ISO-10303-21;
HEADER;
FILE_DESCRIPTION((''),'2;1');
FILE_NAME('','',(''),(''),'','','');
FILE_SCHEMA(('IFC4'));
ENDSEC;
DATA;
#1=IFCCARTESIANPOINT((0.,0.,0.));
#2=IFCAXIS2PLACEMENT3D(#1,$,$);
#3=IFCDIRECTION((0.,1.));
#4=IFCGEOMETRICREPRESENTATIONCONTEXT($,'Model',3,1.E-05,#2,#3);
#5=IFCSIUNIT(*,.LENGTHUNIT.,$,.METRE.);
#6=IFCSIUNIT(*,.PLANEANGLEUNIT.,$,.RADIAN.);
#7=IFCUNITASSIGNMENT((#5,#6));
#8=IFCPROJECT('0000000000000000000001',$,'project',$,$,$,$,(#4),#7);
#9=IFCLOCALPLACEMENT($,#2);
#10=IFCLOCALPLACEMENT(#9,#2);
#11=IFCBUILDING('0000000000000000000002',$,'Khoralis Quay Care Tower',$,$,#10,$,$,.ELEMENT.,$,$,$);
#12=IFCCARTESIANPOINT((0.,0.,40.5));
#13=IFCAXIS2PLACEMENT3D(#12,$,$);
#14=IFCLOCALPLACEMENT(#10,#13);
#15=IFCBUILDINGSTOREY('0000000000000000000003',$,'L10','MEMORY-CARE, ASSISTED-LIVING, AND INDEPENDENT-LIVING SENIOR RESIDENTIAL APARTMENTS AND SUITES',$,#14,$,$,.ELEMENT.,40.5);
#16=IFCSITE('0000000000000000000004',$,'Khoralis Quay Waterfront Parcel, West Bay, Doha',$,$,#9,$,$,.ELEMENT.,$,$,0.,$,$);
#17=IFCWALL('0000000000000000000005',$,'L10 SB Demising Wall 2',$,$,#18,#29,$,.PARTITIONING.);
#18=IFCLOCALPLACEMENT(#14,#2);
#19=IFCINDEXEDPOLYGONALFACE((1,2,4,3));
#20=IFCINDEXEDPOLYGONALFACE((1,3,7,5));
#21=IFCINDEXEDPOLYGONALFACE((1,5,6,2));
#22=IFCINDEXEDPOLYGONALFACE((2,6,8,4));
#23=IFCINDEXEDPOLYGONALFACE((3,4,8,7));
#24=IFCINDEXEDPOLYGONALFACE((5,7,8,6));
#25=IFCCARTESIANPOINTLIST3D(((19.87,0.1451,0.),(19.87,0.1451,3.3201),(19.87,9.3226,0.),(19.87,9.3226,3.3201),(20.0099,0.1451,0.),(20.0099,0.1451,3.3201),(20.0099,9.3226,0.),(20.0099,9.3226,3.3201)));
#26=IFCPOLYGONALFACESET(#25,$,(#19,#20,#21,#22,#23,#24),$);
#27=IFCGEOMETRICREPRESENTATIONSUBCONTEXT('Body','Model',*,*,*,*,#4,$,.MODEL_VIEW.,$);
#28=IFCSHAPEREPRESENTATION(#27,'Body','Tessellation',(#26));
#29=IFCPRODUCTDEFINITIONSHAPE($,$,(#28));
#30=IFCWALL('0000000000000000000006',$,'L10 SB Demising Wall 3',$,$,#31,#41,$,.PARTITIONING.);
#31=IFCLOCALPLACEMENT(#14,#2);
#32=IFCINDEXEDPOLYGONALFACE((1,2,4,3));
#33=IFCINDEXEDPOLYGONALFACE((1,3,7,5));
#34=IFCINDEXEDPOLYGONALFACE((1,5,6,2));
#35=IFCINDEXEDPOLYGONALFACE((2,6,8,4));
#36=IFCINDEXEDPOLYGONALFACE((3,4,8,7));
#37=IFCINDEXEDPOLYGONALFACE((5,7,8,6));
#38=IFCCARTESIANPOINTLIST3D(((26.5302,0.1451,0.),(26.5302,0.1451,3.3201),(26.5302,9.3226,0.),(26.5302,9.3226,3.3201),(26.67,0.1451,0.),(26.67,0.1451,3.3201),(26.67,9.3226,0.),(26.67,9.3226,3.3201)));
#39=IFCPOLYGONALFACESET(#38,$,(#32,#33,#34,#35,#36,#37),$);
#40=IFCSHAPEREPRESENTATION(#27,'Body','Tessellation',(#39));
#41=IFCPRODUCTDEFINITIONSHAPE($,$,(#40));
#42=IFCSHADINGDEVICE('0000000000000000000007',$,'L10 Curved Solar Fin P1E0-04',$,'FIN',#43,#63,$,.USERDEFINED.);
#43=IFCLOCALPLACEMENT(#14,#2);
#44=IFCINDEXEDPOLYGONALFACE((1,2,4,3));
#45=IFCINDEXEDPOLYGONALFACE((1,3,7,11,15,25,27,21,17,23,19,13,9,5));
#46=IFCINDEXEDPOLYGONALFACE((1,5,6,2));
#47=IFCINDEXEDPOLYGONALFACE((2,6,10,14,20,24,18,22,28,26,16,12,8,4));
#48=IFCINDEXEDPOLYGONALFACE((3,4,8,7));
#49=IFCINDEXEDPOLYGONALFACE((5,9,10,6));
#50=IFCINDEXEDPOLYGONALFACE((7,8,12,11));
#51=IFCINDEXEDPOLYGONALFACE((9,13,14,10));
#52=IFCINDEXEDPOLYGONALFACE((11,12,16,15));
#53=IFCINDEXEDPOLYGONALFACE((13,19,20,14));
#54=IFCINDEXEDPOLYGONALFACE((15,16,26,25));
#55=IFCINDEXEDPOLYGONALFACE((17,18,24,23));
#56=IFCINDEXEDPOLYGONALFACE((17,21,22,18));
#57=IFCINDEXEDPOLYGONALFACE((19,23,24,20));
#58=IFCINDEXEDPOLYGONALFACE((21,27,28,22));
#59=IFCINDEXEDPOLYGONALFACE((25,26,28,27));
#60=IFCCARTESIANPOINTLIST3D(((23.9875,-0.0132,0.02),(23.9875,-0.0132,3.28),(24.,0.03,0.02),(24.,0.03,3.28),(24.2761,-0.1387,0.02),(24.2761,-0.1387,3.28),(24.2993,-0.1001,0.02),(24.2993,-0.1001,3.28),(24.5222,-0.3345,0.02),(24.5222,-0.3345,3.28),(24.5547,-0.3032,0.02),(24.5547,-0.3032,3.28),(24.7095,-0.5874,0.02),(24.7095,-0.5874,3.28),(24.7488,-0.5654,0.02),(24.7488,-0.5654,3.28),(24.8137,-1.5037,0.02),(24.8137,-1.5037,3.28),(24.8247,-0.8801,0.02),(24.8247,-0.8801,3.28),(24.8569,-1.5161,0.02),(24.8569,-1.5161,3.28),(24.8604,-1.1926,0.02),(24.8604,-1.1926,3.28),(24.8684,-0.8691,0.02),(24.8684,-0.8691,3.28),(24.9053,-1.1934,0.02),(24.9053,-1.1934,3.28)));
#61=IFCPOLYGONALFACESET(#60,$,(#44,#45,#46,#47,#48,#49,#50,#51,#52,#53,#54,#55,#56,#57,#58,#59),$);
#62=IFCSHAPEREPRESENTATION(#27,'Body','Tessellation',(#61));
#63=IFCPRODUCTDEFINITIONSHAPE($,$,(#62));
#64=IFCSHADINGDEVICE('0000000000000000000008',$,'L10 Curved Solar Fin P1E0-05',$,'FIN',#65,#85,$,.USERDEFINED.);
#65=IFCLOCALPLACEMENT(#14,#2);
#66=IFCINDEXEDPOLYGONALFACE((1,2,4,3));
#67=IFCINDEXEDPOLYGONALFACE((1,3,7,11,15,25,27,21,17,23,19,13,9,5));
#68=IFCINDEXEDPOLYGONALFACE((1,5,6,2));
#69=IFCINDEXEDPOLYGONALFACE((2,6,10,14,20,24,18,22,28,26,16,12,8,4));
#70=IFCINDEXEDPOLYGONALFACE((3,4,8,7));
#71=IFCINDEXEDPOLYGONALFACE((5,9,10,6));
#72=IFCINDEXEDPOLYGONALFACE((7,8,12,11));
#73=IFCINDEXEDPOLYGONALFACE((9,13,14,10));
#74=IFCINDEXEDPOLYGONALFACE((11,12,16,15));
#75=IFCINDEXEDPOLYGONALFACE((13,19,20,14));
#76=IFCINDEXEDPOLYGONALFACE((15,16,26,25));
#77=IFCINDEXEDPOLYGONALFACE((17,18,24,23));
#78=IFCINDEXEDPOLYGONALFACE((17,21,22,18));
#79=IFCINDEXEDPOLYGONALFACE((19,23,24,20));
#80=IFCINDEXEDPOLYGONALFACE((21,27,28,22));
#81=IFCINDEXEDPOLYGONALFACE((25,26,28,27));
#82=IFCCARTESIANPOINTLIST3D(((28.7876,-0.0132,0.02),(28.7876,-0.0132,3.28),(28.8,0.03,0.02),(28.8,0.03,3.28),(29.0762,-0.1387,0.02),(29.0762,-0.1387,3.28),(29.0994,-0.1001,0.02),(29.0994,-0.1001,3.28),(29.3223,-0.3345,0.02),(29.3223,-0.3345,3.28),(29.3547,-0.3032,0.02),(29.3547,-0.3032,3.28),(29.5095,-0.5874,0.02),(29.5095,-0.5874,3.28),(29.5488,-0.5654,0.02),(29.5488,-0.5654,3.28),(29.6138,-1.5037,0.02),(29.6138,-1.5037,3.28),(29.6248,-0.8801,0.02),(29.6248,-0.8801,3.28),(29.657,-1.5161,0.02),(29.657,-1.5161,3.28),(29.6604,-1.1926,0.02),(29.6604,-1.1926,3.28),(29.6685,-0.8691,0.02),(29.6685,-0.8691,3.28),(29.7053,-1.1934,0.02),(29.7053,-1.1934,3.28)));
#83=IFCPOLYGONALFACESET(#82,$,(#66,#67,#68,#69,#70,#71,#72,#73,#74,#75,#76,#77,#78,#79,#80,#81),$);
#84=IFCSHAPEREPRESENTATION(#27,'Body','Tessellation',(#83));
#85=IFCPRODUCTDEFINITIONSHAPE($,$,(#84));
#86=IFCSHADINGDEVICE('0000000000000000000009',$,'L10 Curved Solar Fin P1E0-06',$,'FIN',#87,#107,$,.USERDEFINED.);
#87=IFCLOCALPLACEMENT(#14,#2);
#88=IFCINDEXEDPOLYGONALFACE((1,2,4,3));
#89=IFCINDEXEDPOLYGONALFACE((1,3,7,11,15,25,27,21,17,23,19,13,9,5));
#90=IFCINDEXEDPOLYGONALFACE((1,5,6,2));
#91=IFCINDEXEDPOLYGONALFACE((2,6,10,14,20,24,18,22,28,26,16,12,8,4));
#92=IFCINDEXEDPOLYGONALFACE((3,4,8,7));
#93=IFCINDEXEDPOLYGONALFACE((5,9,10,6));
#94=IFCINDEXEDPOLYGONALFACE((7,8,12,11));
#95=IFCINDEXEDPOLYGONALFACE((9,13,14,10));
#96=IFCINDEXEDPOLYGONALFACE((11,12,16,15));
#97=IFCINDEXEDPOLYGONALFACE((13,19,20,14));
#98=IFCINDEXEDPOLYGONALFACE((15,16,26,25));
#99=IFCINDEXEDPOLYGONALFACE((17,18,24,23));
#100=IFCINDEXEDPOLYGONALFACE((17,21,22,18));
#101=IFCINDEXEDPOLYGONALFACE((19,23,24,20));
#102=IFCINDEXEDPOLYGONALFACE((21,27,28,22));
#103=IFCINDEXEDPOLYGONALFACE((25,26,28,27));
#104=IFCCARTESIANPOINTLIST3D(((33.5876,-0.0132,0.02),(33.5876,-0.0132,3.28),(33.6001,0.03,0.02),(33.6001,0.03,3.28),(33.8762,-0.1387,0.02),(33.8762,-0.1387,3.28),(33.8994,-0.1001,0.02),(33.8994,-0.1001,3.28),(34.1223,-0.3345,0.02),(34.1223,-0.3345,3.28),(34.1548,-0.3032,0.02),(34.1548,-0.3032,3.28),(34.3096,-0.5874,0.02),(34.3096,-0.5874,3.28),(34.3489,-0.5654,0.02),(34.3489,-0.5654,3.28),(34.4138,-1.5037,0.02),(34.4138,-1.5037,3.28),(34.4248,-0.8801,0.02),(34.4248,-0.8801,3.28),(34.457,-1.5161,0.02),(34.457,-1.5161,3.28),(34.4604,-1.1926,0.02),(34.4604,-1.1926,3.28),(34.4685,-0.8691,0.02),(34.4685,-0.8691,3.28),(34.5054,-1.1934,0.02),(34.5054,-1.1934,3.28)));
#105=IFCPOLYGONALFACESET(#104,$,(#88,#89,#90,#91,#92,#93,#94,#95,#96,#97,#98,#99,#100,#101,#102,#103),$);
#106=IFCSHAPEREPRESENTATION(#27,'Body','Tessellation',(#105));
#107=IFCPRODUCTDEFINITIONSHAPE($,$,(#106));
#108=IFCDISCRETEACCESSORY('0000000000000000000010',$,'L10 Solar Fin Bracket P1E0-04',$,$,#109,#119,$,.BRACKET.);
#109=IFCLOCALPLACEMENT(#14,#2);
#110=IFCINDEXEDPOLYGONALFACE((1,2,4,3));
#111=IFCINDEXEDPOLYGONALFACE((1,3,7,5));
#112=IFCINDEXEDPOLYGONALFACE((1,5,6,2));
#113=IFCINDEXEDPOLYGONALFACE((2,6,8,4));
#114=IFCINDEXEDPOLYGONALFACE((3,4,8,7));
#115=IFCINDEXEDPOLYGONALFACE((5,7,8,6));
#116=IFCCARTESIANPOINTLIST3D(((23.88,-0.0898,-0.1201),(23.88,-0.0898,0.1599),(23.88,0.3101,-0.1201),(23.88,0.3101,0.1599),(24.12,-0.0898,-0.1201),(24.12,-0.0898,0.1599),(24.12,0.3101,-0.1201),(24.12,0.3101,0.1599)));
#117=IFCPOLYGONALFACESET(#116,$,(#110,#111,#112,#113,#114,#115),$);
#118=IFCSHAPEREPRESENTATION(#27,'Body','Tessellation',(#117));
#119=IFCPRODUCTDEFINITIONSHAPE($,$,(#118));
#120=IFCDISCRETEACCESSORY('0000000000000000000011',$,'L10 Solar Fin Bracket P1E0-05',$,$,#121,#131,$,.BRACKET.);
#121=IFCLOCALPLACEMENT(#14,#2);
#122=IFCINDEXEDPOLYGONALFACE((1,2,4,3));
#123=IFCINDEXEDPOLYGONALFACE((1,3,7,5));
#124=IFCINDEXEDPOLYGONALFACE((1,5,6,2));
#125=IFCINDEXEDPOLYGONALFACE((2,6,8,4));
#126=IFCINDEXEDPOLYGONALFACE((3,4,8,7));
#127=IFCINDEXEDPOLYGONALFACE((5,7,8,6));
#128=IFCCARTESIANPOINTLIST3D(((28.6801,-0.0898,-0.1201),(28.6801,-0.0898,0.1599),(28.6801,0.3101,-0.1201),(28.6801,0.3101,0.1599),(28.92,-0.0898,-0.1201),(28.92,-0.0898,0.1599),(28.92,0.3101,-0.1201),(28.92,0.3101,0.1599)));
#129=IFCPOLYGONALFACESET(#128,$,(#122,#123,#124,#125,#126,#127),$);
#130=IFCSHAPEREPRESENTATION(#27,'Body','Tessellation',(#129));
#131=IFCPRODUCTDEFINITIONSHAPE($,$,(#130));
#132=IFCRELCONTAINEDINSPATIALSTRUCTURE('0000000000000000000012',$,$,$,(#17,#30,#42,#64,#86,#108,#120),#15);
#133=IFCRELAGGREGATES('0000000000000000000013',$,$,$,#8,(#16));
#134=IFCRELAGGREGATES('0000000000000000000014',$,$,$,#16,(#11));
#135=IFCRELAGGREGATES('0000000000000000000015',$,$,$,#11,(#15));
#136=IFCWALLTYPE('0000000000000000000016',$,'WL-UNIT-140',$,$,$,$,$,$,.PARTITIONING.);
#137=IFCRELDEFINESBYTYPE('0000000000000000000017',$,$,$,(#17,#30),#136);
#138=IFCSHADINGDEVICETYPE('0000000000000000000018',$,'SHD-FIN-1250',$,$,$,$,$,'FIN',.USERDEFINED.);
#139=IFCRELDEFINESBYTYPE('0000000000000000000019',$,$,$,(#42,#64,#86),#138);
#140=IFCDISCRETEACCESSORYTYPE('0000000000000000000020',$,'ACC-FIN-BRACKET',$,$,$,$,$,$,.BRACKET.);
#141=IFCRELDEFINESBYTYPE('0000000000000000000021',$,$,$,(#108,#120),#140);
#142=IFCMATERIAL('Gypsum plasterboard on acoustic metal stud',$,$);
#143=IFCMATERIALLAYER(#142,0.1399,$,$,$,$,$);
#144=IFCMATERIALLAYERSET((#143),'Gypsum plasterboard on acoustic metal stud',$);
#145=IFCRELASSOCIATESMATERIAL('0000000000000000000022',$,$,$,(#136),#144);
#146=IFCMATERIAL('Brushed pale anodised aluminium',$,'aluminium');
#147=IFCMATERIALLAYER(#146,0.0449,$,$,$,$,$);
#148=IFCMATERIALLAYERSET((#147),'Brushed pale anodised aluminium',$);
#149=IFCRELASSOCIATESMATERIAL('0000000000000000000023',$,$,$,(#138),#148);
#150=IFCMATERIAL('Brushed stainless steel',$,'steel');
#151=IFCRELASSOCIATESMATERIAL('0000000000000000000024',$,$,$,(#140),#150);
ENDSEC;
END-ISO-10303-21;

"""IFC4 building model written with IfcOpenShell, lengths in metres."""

from ifc_helpers import new_model, si_unit, direction, frame, frame_2d, origin, origin_2d, place, context, subcontext, project, spatial, polyline, rectangle, outline, extrude, source, transform, mapped, material, layer, layer_set, type_object, element, save


model = new_model("IFC4")

# Units and contexts
model_context = context("Model", 3, precision=1e-05, world=origin(), true_north=direction((0.0, 1.0)))
body_context = subcontext(model_context, "Body", "Model", "MODEL_VIEW")
ifc_project = project(units=[si_unit("LENGTHUNIT", "METRE"), si_unit("PLANEANGLEUNIT", "RADIAN")], contexts=[model_context])

# Site, building, storey
site_placement = place(None, origin())
site = spatial("IfcSite", under=ifc_project, at=site_placement, Name="Khoralis Quay Waterfront Parcel, West Bay, Doha", CompositionType="ELEMENT", RefElevation=0.0)
building_placement = place(site_placement, origin())
building = spatial("IfcBuilding", under=site, at=building_placement, Name="Khoralis Quay Care Tower", CompositionType="ELEMENT")
storey_placement = place(building_placement, frame((0.0, 0.0, 40.5)))
storey = spatial("IfcBuildingStorey", under=building, at=storey_placement, Name="L10", Description="MEMORY-CARE, ASSISTED-LIVING, AND INDEPENDENT-LIVING SENIOR RESIDENTIAL APARTMENTS AND SUITES", CompositionType="ELEMENT", Elevation=40.5)

# Shared definitions
ifc_material_1 = material(Name="Gypsum plasterboard on acoustic metal stud")

# Walls
ifc_layer_1 = layer(ifc_material_1, 0.1399)
ifc_layer_set_1 = layer_set([ifc_layer_1], Name="Gypsum plasterboard on acoustic metal stud")
wall_type_1 = type_object("IfcWallType", Name="WL-UNIT-140", PredefinedType="PARTITIONING", material=ifc_layer_set_1)
for number, where, z_axis, x_axis, name in (
    (1, (19.9399, 0.145, 0.0), (0.0, 0.0, 1.0), (0.0, 1.0, 0.0), "L10 SB Demising Wall 2"),
    (2, (26.6001, 0.145, 0.0), (0.0, 0.0, 1.0), (0.0, 1.0, 0.0), "L10 SB Demising Wall 3"),
):
    element("IfcWall", number, at=place(storey_placement, frame(where, z_axis=z_axis, x_axis=x_axis)), inside=storey, type_object=wall_type_1, Name=name, PredefinedType="PARTITIONING", context=body_context, shape_type="SweptSolid", body=[
        extrude(rectangle(XDim=9.1775, YDim=0.1399, at=frame_2d((4.5889, 0.0))), origin(), (0.0, 0.0, 1.0), 3.3201),
    ])

# Shading devices
ifc_material_2 = material(Name="Brushed pale anodised aluminium", Category="aluminium")
ifc_layer_2 = layer(ifc_material_2, 0.0449)
ifc_layer_set_2 = layer_set([ifc_layer_2], Name="Brushed pale anodised aluminium")
shading_device_type = type_object("IfcShadingDeviceType", Name="SHD-FIN-1250", ElementType="FIN", PredefinedType="USERDEFINED", material=ifc_layer_set_2)
shared_shape_1 = source(origin(), body_context, "Body", "SweptSolid", [
    extrude(outline(polyline([(0.0, 0.0), (0.1301, 0.2993), (0.3333, 0.5547), (0.5955, 0.7488), (0.8992, 0.8684), (1.2234, 0.9053), (1.5461, 0.8569), (1.5337, 0.8137), (1.2227, 0.8604), (0.9102, 0.8247), (0.6174, 0.7095), (0.3645, 0.5222), (0.1687, 0.2761), (0.0432, -0.0125), (0.0, 0.0)])), origin(), (0.0, 0.0, 1.0), 3.26),
])
for number, where, z_axis, x_axis, name in (
    (3, (24.0, 0.03, 0.02), (0.0, 0.0, 1.0), (0.0, -1.0, 0.0), "L10 Curved Solar Fin P1E0-04"),
    (4, (28.8, 0.03, 0.02), (0.0, 0.0, 1.0), (0.0, -1.0, 0.0), "L10 Curved Solar Fin P1E0-05"),
    (5, (33.6001, 0.03, 0.02), (0.0, 0.0, 1.0), (0.0, -1.0, 0.0), "L10 Curved Solar Fin P1E0-06"),
):
    element("IfcShadingDevice", number, at=place(storey_placement, frame(where, z_axis=z_axis, x_axis=x_axis)), inside=storey, type_object=shading_device_type, Name=name, ObjectType="FIN", PredefinedType="USERDEFINED", context=body_context, shape_type="MappedRepresentation", body=[
        mapped(shared_shape_1, transform((0.0, 0.0, 0.0), scale=1.0)),
    ])

# Discrete accessories
ifc_material_3 = material(Name="Brushed stainless steel", Category="steel")
discrete_accessory_type = type_object("IfcDiscreteAccessoryType", Name="ACC-FIN-BRACKET", PredefinedType="BRACKET", material=ifc_material_3)
shared_shape_2 = source(origin(), body_context, "Body", "SweptSolid", [
    extrude(rectangle(XDim=0.3999, YDim=0.24, at=origin_2d()), origin(), (0.0, 0.0, 1.0), 0.28),
])
for number, where, z_axis, x_axis, name in (
    (6, (24.0, 0.1101, -0.1201), (0.0, 0.0, 1.0), (0.0, -1.0, 0.0), "L10 Solar Fin Bracket P1E0-04"),
    (7, (28.8, 0.1101, -0.1201), (0.0, 0.0, 1.0), (0.0, -1.0, 0.0), "L10 Solar Fin Bracket P1E0-05"),
):
    element("IfcDiscreteAccessory", number, at=place(storey_placement, frame(where, z_axis=z_axis, x_axis=x_axis)), inside=storey, type_object=discrete_accessory_type, Name=name, PredefinedType="BRACKET", context=body_context, shape_type="MappedRepresentation", body=[
        mapped(shared_shape_2, transform((0.0, 0.0, 0.0), scale=1.0)),
    ])

save(model, "model.ifc")
